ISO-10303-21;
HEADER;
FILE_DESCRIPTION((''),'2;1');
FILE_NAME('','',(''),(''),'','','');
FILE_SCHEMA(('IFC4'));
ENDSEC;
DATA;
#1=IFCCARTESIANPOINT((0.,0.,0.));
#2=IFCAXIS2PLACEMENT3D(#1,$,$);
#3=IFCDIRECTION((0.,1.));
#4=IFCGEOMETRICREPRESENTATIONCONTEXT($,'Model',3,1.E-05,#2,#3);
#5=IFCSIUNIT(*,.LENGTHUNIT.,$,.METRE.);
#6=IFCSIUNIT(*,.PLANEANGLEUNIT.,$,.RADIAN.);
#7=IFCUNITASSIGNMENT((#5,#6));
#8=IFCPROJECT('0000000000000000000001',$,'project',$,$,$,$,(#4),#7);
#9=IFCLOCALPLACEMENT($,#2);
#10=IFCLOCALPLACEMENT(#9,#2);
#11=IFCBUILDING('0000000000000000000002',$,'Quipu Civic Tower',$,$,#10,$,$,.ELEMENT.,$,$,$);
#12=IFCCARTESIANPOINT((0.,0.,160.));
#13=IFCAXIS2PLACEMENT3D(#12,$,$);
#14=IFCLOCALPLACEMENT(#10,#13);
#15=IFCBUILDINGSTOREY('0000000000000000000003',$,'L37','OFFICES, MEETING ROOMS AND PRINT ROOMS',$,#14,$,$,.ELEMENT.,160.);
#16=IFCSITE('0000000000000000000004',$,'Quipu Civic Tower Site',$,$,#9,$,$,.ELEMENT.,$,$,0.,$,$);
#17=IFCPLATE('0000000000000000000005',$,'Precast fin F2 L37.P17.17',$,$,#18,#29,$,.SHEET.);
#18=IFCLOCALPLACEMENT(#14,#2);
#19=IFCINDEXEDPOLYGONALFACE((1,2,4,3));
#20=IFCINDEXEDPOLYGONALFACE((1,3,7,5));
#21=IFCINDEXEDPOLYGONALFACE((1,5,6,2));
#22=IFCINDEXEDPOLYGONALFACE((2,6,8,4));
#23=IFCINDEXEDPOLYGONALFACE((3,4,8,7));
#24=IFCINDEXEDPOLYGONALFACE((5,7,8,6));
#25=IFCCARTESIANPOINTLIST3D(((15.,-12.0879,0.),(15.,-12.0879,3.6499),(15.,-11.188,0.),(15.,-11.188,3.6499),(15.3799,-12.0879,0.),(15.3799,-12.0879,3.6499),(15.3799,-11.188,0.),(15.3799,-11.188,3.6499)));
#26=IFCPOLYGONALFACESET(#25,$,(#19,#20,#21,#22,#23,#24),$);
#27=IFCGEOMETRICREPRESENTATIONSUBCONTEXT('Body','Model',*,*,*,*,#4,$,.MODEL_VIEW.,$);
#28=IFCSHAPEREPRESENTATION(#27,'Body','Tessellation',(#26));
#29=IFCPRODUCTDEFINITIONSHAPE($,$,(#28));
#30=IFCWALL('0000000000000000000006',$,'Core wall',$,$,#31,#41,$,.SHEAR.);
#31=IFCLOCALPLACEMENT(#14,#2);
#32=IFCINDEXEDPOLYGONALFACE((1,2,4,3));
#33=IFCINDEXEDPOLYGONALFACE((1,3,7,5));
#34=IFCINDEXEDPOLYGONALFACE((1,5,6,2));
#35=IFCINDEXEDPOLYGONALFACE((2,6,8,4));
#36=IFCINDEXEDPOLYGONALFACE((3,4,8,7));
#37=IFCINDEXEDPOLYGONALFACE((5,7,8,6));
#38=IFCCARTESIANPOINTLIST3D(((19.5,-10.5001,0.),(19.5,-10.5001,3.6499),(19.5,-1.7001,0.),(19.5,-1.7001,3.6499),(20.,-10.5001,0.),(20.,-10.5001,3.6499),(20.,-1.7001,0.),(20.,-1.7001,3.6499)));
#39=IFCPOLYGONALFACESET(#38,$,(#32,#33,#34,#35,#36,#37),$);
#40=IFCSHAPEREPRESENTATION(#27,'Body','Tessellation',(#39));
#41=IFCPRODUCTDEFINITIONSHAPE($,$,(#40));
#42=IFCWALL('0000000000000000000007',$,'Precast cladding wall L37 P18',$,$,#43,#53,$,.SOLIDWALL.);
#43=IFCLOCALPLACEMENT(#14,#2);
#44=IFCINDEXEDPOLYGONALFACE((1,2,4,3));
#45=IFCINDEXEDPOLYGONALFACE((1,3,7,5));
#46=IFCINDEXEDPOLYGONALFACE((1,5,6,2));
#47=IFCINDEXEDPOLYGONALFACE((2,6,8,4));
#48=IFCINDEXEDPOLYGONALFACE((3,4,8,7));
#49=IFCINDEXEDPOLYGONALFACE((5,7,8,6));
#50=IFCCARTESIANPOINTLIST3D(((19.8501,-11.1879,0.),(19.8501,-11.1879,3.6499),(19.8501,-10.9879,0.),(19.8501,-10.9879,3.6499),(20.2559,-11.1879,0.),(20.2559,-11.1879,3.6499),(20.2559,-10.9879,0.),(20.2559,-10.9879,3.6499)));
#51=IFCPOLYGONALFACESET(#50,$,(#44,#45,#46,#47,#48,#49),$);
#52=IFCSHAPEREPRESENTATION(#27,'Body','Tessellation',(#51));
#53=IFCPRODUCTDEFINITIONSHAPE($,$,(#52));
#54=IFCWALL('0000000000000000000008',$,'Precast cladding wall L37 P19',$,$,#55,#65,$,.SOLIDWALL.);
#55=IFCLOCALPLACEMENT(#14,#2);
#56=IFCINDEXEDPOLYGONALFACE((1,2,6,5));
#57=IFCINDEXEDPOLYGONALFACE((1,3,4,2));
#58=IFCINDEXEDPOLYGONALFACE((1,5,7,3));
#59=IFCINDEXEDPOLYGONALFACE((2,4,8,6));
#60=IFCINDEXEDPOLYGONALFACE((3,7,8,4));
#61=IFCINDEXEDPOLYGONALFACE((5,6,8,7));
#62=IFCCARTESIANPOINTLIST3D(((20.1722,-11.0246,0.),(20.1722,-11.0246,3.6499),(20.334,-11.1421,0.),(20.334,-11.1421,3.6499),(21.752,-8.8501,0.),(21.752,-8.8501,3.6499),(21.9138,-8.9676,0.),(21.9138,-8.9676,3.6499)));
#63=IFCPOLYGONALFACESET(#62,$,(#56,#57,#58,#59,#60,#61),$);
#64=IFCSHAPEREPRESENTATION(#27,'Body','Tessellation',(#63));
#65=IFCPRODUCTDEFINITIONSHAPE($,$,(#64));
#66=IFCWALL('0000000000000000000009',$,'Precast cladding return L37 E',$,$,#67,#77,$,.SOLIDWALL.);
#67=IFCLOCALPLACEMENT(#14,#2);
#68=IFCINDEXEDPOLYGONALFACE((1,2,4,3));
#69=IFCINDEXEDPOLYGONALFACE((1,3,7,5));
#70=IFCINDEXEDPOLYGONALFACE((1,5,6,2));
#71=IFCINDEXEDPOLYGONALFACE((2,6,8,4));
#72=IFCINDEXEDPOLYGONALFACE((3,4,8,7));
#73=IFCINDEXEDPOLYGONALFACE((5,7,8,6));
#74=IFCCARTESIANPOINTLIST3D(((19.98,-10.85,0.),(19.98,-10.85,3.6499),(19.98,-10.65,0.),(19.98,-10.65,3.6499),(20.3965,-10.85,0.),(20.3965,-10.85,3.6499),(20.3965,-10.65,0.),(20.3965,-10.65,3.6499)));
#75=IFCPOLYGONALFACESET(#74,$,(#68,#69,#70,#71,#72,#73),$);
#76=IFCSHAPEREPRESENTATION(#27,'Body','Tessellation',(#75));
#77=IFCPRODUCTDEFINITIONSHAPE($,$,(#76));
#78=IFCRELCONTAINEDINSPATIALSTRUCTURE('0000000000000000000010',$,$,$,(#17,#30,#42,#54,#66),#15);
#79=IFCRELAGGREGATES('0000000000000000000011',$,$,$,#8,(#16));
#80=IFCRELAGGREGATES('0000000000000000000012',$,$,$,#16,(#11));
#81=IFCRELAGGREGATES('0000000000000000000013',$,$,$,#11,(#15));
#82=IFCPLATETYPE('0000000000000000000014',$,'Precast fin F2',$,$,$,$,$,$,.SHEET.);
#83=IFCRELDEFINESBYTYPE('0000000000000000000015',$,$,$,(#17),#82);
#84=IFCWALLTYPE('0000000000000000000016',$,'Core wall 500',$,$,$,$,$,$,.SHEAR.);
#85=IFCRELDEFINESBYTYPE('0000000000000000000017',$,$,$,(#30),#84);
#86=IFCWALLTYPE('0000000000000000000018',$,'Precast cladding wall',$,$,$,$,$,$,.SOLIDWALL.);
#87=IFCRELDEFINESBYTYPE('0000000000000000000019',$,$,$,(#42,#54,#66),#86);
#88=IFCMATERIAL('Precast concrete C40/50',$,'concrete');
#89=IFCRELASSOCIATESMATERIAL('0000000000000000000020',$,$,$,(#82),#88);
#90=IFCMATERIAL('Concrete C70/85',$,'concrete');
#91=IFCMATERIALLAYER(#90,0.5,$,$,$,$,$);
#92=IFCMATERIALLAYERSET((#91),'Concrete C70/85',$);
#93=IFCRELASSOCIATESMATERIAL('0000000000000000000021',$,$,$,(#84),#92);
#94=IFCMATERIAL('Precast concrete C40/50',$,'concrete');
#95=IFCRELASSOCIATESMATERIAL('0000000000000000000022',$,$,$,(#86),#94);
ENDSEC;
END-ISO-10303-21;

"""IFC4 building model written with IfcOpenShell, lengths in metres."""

from ifc_helpers import new_model, si_unit, direction, frame, frame_2d, origin, origin_2d, place, context, subcontext, project, spatial, rectangle, extrude, material, layer, layer_set, type_object, element, save


model = new_model("IFC4")

# Units and contexts
model_context = context("Model", 3, precision=1e-05, world=origin(), true_north=direction((0.0, 1.0)))
body_context = subcontext(model_context, "Body", "Model", "MODEL_VIEW")
ifc_project = project(units=[si_unit("LENGTHUNIT", "METRE"), si_unit("PLANEANGLEUNIT", "RADIAN")], contexts=[model_context])

# Site, building, storey
site_placement = place(None, origin())
site = spatial("IfcSite", under=ifc_project, at=site_placement, Name="Quipu Civic Tower Site", CompositionType="ELEMENT", RefElevation=0.0)
building_placement = place(site_placement, origin())
building = spatial("IfcBuilding", under=site, at=building_placement, Name="Quipu Civic Tower", CompositionType="ELEMENT")
storey_placement = place(building_placement, frame((0.0, 0.0, 160.0)))
storey = spatial("IfcBuildingStorey", under=building, at=storey_placement, Name="L37", Description="OFFICES, MEETING ROOMS AND PRINT ROOMS", CompositionType="ELEMENT", Elevation=160.0)

# Plate
ifc_material_1 = material(Name="Precast concrete C40/50", Category="concrete")
plate_type = type_object("IfcPlateType", Name="Precast fin F2", PredefinedType="SHEET", material=ifc_material_1)
plate_placement = place(storey_placement, frame((15.1899, -11.6379, 0.0), z_axis=(0.0, 0.0, 1.0), x_axis=(1.0, 0.0, 0.0)))
element("IfcPlate", 1, at=plate_placement, inside=storey, type_object=plate_type, Name="Precast fin F2 L37.P17.17", PredefinedType="SHEET", context=body_context, shape_type="SweptSolid", body=[
    extrude(rectangle(XDim=0.3799, YDim=0.8999, at=origin_2d()), origin(), (0.0, 0.0, 1.0), 3.6499),
])

# Walls
ifc_material_2 = material(Name="Concrete C70/85", Category="concrete")
ifc_layer = layer(ifc_material_2, 0.5)
ifc_layer_set = layer_set([ifc_layer], Name="Concrete C70/85")
wall_type_1 = type_object("IfcWallType", Name="Core wall 500", PredefinedType="SHEAR", material=ifc_layer_set)
wall_1_placement = place(storey_placement, frame((19.75, -10.5, 0.0), z_axis=(0.0, 0.0, 1.0), x_axis=(0.0, 1.0, 0.0)))
element("IfcWall", 2, at=wall_1_placement, inside=storey, type_object=wall_type_1, Name="Core wall", PredefinedType="SHEAR", context=body_context, shape_type="SweptSolid", body=[
    extrude(rectangle(XDim=8.8, YDim=0.5, at=frame_2d((4.3999, 0.0))), origin(), (0.0, 0.0, 1.0), 3.6499),
])
ifc_material_3 = material(Name="Precast concrete C40/50", Category="concrete")
wall_type_2 = type_object("IfcWallType", Name="Precast cladding wall", PredefinedType="SOLIDWALL", material=ifc_material_3)
wall_2_placement = place(storey_placement, frame((19.8501, -11.0879, 0.0), z_axis=(0.0, 0.0, 1.0), x_axis=(1.0, 0.0, 0.0)))
element("IfcWall", 3, at=wall_2_placement, inside=storey, type_object=wall_type_2, Name="Precast cladding wall L37 P18", PredefinedType="SOLIDWALL", context=body_context, shape_type="SweptSolid", body=[
    extrude(rectangle(XDim=0.4058, YDim=0.2, at=frame_2d((0.2029, 0.0))), origin(), (0.0, 0.0, 1.0), 3.6499),
])
wall_3_placement = place(storey_placement, frame((20.2532, -11.0833, 0.0), z_axis=(0.0, 0.0, 1.0), x_axis=(0.587767, 0.809031, 0.0)))
element("IfcWall", 4, at=wall_3_placement, inside=storey, type_object=wall_type_2, Name="Precast cladding wall L37 P19", PredefinedType="SOLIDWALL", context=body_context, shape_type="SweptSolid", body=[
    extrude(rectangle(XDim=2.6877, YDim=0.2, at=frame_2d((1.3438, 0.0))), origin(), (0.0, 0.0, 1.0), 3.6499),
])
wall_4_placement = place(storey_placement, frame((19.98, -10.75, 0.0), z_axis=(0.0, 0.0, 1.0), x_axis=(1.0, 0.0, 0.0)))
element("IfcWall", 5, at=wall_4_placement, inside=storey, type_object=wall_type_2, Name="Precast cladding return L37 E", PredefinedType="SOLIDWALL", context=body_context, shape_type="SweptSolid", body=[
    extrude(rectangle(XDim=0.4165, YDim=0.2, at=frame_2d((0.2083, 0.0))), origin(), (0.0, 0.0, 1.0), 3.6499),
])

save(model, "model.ifc")
